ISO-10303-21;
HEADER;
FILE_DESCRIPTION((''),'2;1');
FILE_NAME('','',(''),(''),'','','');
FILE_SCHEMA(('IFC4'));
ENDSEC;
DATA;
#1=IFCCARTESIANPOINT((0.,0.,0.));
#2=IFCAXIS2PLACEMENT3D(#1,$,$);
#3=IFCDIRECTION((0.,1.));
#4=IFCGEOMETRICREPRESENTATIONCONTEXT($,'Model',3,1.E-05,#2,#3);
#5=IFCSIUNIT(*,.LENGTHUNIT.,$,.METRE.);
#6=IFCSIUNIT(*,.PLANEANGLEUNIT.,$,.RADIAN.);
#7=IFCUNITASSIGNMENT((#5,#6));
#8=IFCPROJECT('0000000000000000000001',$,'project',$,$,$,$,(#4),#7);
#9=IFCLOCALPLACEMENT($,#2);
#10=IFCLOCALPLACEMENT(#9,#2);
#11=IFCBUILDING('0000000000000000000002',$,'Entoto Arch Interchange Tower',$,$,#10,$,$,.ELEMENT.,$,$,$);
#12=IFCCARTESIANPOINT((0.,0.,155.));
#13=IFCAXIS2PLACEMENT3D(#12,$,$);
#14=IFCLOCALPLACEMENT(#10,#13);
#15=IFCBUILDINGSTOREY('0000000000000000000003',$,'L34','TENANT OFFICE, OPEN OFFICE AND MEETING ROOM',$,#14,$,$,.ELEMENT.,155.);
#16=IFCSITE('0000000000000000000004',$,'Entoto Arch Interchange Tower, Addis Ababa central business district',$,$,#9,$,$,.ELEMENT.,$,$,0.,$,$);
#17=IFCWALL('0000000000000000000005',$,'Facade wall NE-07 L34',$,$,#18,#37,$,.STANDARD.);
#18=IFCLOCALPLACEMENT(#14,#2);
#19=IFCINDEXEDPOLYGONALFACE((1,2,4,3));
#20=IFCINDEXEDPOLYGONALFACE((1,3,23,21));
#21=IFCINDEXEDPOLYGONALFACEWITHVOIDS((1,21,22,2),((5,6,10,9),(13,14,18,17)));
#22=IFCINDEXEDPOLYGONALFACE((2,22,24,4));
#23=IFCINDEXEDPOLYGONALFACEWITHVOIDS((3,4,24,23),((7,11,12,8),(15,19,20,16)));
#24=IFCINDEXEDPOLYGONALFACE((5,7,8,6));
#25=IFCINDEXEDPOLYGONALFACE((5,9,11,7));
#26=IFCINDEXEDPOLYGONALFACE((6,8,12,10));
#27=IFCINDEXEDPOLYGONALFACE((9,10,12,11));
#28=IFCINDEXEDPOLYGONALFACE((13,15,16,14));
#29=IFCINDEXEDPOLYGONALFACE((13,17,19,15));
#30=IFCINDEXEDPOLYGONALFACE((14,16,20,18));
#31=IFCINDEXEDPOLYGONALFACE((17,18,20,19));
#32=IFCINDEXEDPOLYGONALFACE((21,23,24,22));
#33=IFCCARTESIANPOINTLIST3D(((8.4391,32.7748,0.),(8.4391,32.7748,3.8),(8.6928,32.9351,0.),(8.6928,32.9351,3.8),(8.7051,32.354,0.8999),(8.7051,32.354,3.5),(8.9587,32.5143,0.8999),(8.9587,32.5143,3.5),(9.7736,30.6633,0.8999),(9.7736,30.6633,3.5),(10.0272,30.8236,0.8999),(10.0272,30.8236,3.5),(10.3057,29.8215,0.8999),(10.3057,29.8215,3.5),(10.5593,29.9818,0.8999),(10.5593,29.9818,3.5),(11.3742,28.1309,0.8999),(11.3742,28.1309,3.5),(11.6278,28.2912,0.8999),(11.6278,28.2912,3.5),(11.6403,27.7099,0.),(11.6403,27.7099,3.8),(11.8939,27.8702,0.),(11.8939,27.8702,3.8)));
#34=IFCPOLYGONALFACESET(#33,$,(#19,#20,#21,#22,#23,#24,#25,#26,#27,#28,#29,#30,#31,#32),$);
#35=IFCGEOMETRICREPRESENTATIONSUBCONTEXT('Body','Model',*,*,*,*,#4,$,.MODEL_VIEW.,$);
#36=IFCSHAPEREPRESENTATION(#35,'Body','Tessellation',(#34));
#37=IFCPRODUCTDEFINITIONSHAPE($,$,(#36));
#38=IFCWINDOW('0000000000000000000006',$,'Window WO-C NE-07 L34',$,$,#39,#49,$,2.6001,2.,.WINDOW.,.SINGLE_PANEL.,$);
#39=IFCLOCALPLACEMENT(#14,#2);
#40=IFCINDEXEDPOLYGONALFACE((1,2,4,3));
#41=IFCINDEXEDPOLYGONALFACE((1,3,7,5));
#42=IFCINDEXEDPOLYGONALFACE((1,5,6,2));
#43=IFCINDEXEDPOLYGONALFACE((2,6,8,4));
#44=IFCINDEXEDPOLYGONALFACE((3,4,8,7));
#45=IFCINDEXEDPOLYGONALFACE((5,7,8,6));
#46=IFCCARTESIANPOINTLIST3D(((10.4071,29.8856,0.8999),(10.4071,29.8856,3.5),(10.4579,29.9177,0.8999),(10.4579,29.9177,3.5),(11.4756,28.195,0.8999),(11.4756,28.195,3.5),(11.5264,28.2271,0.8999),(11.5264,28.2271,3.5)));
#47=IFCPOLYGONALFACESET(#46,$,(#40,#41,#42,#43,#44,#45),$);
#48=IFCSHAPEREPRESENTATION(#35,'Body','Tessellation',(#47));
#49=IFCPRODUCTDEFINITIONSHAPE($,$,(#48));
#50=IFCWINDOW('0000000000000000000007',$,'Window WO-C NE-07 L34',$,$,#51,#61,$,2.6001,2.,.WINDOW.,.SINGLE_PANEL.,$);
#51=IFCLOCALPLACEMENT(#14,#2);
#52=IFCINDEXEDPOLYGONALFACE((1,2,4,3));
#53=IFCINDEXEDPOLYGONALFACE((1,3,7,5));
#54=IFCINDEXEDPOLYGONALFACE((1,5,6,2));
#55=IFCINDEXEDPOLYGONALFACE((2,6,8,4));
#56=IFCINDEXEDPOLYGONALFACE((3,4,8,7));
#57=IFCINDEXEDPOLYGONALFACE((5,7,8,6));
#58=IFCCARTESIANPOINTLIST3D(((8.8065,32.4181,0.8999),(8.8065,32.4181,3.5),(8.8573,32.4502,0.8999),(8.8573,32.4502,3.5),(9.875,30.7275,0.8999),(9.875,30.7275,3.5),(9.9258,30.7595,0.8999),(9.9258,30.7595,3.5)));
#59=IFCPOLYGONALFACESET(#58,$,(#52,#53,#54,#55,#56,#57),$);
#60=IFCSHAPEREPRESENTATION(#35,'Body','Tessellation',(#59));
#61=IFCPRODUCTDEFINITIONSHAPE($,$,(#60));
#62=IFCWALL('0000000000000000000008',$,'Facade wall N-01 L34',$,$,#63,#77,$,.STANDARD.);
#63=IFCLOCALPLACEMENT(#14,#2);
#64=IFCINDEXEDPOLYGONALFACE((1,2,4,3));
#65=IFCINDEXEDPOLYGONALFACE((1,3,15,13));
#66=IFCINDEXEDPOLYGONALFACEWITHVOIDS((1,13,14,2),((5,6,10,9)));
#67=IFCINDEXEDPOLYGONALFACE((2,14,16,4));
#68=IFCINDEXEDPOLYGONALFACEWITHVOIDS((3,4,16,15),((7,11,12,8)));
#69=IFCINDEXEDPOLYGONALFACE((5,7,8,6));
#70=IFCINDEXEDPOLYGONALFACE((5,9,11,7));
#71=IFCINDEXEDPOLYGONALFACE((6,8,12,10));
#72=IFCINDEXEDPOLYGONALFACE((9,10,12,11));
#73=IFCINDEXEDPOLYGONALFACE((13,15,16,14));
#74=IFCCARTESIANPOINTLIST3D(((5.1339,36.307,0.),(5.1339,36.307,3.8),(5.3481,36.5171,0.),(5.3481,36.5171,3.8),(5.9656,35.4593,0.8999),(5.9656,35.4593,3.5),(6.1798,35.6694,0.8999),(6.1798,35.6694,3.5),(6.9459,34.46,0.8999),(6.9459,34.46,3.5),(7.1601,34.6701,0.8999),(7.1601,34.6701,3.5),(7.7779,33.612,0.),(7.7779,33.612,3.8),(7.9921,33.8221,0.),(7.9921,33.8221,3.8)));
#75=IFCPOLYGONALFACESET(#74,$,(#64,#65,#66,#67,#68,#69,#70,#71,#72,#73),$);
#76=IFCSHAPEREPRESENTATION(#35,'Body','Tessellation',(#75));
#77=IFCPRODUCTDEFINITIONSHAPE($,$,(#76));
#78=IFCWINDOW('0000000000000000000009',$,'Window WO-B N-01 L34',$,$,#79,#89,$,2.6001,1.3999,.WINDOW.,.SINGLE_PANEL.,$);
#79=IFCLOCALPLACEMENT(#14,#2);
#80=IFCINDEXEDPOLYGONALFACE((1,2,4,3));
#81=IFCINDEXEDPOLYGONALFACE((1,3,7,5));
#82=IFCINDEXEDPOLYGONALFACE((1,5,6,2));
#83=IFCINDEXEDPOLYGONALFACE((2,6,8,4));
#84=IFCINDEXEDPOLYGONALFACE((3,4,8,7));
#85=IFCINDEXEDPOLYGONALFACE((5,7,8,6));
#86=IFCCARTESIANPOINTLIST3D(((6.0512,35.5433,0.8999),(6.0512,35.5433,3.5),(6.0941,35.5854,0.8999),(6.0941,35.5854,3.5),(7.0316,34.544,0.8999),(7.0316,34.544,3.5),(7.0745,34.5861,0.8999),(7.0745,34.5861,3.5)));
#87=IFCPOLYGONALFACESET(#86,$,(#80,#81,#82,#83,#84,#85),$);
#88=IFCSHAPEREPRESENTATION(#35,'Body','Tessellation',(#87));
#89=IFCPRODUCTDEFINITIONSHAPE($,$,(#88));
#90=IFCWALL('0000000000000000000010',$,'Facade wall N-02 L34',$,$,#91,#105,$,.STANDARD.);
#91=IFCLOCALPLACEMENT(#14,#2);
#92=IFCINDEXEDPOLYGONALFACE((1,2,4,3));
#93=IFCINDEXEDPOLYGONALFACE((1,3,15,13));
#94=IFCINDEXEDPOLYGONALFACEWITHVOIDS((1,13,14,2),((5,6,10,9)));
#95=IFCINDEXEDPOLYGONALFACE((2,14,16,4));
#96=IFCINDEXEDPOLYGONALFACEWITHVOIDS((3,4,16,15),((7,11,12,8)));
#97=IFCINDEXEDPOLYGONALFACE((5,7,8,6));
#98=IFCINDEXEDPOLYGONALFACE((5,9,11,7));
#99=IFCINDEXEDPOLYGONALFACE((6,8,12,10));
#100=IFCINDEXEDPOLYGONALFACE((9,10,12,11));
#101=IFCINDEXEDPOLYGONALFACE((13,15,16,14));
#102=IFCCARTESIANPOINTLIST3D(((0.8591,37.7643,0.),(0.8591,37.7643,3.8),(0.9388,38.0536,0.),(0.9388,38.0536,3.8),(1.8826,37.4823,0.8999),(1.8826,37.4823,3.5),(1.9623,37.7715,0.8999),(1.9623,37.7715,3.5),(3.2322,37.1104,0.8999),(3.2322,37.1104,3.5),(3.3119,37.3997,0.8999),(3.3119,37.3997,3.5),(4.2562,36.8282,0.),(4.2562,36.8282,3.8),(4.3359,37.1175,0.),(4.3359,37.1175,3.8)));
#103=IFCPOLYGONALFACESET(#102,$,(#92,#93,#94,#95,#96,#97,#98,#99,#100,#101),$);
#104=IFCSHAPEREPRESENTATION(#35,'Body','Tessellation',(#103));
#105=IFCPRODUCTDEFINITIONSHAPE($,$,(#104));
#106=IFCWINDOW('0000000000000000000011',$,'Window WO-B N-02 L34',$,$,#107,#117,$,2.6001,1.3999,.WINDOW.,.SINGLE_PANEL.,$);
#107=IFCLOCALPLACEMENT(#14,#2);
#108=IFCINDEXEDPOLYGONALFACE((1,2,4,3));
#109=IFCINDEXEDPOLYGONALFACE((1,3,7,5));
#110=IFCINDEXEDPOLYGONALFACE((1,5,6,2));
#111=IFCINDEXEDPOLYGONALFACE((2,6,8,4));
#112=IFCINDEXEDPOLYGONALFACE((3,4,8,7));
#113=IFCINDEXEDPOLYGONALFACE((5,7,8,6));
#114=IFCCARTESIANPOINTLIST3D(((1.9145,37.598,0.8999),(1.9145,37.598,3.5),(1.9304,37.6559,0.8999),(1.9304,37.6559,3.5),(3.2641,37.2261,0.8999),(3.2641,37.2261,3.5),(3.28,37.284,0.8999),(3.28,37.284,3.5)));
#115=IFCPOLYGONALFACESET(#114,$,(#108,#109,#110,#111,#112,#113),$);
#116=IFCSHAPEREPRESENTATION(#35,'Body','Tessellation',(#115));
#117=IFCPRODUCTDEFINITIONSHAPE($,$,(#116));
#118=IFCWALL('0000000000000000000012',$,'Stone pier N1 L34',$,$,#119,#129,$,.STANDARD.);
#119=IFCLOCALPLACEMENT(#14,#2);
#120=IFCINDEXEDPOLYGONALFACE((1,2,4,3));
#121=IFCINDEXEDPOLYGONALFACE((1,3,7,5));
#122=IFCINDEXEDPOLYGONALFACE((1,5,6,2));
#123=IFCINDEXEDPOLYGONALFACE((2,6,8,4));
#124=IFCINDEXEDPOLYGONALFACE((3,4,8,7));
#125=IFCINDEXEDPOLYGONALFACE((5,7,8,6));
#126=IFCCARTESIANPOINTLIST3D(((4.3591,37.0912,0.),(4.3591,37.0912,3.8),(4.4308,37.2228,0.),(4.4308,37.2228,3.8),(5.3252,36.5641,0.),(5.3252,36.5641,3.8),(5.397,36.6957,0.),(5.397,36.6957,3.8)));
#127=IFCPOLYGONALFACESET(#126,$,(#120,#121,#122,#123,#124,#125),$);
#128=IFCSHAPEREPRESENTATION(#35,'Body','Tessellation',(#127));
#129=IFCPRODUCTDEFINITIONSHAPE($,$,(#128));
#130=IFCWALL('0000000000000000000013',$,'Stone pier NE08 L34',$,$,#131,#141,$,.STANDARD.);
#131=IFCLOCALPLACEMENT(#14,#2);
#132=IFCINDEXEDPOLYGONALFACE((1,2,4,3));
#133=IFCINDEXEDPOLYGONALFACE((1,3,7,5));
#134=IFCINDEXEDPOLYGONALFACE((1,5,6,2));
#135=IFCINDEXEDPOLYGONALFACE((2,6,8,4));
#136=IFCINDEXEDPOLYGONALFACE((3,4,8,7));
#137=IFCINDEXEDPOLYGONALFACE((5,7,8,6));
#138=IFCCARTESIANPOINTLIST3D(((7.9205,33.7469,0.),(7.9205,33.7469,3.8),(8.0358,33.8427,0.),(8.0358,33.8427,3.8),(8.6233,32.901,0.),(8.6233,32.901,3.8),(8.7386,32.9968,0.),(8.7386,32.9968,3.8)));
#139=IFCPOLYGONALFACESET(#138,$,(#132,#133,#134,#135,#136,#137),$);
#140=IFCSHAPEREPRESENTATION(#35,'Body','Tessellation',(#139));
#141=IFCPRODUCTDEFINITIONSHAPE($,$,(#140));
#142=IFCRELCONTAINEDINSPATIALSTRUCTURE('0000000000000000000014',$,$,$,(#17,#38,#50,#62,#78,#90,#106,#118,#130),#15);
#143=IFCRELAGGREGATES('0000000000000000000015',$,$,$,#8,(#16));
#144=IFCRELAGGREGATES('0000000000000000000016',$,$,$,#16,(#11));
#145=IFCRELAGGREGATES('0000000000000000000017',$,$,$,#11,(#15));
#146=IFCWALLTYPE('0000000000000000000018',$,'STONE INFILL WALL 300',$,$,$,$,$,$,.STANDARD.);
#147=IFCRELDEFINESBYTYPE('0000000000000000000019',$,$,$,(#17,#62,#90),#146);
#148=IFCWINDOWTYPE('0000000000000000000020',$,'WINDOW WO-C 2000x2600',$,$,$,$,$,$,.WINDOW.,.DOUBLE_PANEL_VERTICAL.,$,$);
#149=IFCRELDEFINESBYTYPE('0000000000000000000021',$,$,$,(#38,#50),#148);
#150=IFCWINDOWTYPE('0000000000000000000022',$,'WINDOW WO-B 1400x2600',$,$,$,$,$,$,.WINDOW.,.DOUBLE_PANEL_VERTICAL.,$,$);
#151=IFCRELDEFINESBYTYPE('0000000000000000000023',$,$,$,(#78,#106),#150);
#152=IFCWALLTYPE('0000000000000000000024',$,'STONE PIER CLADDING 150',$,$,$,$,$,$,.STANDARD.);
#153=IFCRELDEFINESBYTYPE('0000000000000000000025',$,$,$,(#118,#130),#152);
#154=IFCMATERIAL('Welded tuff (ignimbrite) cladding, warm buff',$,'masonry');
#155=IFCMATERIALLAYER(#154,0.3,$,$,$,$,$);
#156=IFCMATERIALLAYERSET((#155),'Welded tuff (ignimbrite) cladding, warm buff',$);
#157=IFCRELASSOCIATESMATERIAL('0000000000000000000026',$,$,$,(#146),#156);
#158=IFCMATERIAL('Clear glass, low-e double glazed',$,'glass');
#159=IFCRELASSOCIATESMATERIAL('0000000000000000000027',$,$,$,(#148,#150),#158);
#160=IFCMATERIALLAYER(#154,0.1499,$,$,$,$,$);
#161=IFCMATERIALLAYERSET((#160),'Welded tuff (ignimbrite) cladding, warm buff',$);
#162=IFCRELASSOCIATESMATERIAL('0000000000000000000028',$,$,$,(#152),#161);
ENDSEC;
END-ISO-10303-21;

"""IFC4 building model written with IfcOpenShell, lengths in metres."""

from ifc_helpers import new_model, si_unit, direction, frame, frame_2d, origin, place, context, subcontext, project, spatial, rectangle, extrude, material, layer, layer_set, type_object, element, fill, save


model = new_model("IFC4")

# Units and contexts
model_context = context("Model", 3, precision=1e-05, world=origin(), true_north=direction((0.0, 1.0)))
body_context = subcontext(model_context, "Body", "Model", "MODEL_VIEW")
ifc_project = project(units=[si_unit("LENGTHUNIT", "METRE"), si_unit("PLANEANGLEUNIT", "RADIAN")], contexts=[model_context])

# Site, building, storey
site_placement = place(None, origin())
site = spatial("IfcSite", under=ifc_project, at=site_placement, Name="Entoto Arch Interchange Tower, Addis Ababa central business district", CompositionType="ELEMENT", RefElevation=0.0)
building_placement = place(site_placement, origin())
building = spatial("IfcBuilding", under=site, at=building_placement, Name="Entoto Arch Interchange Tower", CompositionType="ELEMENT")
storey_placement = place(building_placement, frame((0.0, 0.0, 155.0)))
storey = spatial("IfcBuildingStorey", under=building, at=storey_placement, Name="L34", Description="TENANT OFFICE, OPEN OFFICE AND MEETING ROOM", CompositionType="ELEMENT", Elevation=155.0)

# Wall, openings, windows
ifc_material_1 = material(Name="Welded tuff (ignimbrite) cladding, warm buff", Category="masonry")
ifc_layer_1 = layer(ifc_material_1, 0.3)
ifc_layer_set_1 = layer_set([ifc_layer_1], Name="Welded tuff (ignimbrite) cladding, warm buff")
wall_type_1 = type_object("IfcWallType", Name="STONE INFILL WALL 300", PredefinedType="STANDARD", material=ifc_layer_set_1)
wall_1_placement = place(storey_placement, frame((11.7671, 27.79, 0.0), z_axis=(0.0, 0.0, 1.0), x_axis=(-0.534263, 0.845318, 0.0)))
wall_1 = element("IfcWall", 1, at=wall_1_placement, inside=storey, type_object=wall_type_1, Name="Facade wall NE-07 L34", PredefinedType="STANDARD", context=body_context, shape_type="SweptSolid", body=[
    extrude(rectangle(XDim=5.9917, YDim=0.3, at=frame_2d((2.9958, 0.0))), origin(), (0.0, 0.0, 1.0), 3.8),
])
opening_1_placement = place(wall_1_placement, frame((0.498, 0.0, 0.8999)))
opening_1 = element("IfcOpeningElement", 2, at=opening_1_placement, cuts=wall_1, PredefinedType="OPENING", context=body_context, shape_type="SweptSolid", body=[
    extrude(rectangle(XDim=2.0, YDim=2.6001, at=frame_2d((1.0, 1.3))), frame((0.0, 0.1602, 0.0), z_axis=(0.0, -1.0, 0.0), x_axis=(1.0, 0.0, 0.0)), (0.0, 0.0, 1.0), 0.3201),
])
opening_2_placement = place(wall_1_placement, frame((3.4939, 0.0, 0.8999)))
opening_2 = element("IfcOpeningElement", 3, at=opening_2_placement, cuts=wall_1, PredefinedType="OPENING", context=body_context, shape_type="SweptSolid", body=[
    extrude(rectangle(XDim=2.0, YDim=2.6001, at=frame_2d((1.0, 1.3))), frame((0.0, 0.1602, 0.0), z_axis=(0.0, -1.0, 0.0), x_axis=(1.0, 0.0, 0.0)), (0.0, 0.0, 1.0), 0.3201),
])
ifc_material_2 = material(Name="Clear glass, low-e double glazed", Category="glass")
window_type_1 = type_object("IfcWindowType", Name="WINDOW WO-C 2000x2600", PartitioningType="DOUBLE_PANEL_VERTICAL", PredefinedType="WINDOW", material=ifc_material_2)
window_1_placement = place(opening_1_placement, origin())
window_1 = element("IfcWindow", 4, at=window_1_placement, inside=storey, type_object=window_type_1, Name="Window WO-C NE-07 L34", OverallHeight=2.6001, OverallWidth=2.0, PartitioningType="SINGLE_PANEL", PredefinedType="WINDOW", context=body_context, shape_type="SweptSolid", body=[
    extrude(rectangle(XDim=2.0, YDim=2.6001, at=frame_2d((1.0, 1.3))), frame((0.0, 0.03, 0.0), z_axis=(0.0, -1.0, 0.0), x_axis=(1.0, 0.0, 0.0)), (0.0, 0.0, 1.0), 0.0601),
])
fill(opening_1, window_1)
window_2_placement = place(opening_2_placement, origin())
window_2 = element("IfcWindow", 5, at=window_2_placement, inside=storey, type_object=window_type_1, Name="Window WO-C NE-07 L34", OverallHeight=2.6001, OverallWidth=2.0, PartitioningType="SINGLE_PANEL", PredefinedType="WINDOW", context=body_context, shape_type="SweptSolid", body=[
    extrude(rectangle(XDim=2.0, YDim=2.6001, at=frame_2d((1.0, 1.3))), frame((0.0, 0.03, 0.0), z_axis=(0.0, -1.0, 0.0), x_axis=(1.0, 0.0, 0.0)), (0.0, 0.0, 1.0), 0.0601),
])
fill(opening_2, window_2)

# Walls, openings, windows
wall_2_placement = place(storey_placement, frame((7.885, 33.717, 0.0), z_axis=(0.0, 0.0, 1.0), x_axis=(-0.700317, 0.713832, 0.0)))
wall_2 = element("IfcWall", 6, at=wall_2_placement, inside=storey, type_object=wall_type_1, Name="Facade wall N-01 L34", PredefinedType="STANDARD", context=body_context, shape_type="SweptSolid", body=[
    extrude(rectangle(XDim=3.7754, YDim=0.3, at=frame_2d((1.8877, 0.0))), origin(), (0.0, 0.0, 1.0), 3.8),
])
opening_3_placement = place(wall_2_placement, frame((1.188, 0.0, 0.8999)))
opening_3 = element("IfcOpeningElement", 7, at=opening_3_placement, cuts=wall_2, PredefinedType="OPENING", context=body_context, shape_type="SweptSolid", body=[
    extrude(rectangle(XDim=1.3999, YDim=2.6001, at=frame_2d((0.7, 1.3))), frame((0.0, 0.1602, 0.0), z_axis=(0.0, -1.0, 0.0), x_axis=(1.0, 0.0, 0.0)), (0.0, 0.0, 1.0), 0.3201),
])
window_type_2 = type_object("IfcWindowType", Name="WINDOW WO-B 1400x2600", PartitioningType="DOUBLE_PANEL_VERTICAL", PredefinedType="WINDOW", material=ifc_material_2)
window_3_placement = place(opening_3_placement, origin())
window_3 = element("IfcWindow", 8, at=window_3_placement, inside=storey, type_object=window_type_2, Name="Window WO-B N-01 L34", OverallHeight=2.6001, OverallWidth=1.3999, PartitioningType="SINGLE_PANEL", PredefinedType="WINDOW", context=body_context, shape_type="SweptSolid", body=[
    extrude(rectangle(XDim=1.3999, YDim=2.6001, at=frame_2d((0.7, 1.3))), frame((0.0, 0.03, 0.0), z_axis=(0.0, -1.0, 0.0), x_axis=(1.0, 0.0, 0.0)), (0.0, 0.0, 1.0), 0.0601),
])
fill(opening_3, window_3)
wall_3_placement = place(storey_placement, frame((4.2959, 36.9729, 0.0), z_axis=(0.0, 0.0, 1.0), x_axis=(-0.96407, 0.265649, 0.0)))
wall_3 = element("IfcWall", 9, at=wall_3_placement, inside=storey, type_object=wall_type_1, Name="Facade wall N-02 L34", PredefinedType="STANDARD", context=body_context, shape_type="SweptSolid", body=[
    extrude(rectangle(XDim=3.5237, YDim=0.3, at=frame_2d((1.7617, 0.0))), origin(), (0.0, 0.0, 1.0), 3.8),
])
opening_4_placement = place(wall_3_placement, frame((1.062, 0.0, 0.8999)))
opening_4 = element("IfcOpeningElement", 10, at=opening_4_placement, cuts=wall_3, PredefinedType="OPENING", context=body_context, shape_type="SweptSolid", body=[
    extrude(rectangle(XDim=1.3999, YDim=2.6001, at=frame_2d((0.7, 1.3))), frame((0.0, 0.1602, 0.0), z_axis=(0.0, -1.0, 0.0), x_axis=(1.0, 0.0, 0.0)), (0.0, 0.0, 1.0), 0.3201),
])
window_4_placement = place(opening_4_placement, origin())
window_4 = element("IfcWindow", 11, at=window_4_placement, inside=storey, type_object=window_type_2, Name="Window WO-B N-02 L34", OverallHeight=2.6001, OverallWidth=1.3999, PartitioningType="SINGLE_PANEL", PredefinedType="WINDOW", context=body_context, shape_type="SweptSolid", body=[
    extrude(rectangle(XDim=1.3999, YDim=2.6001, at=frame_2d((0.7, 1.3))), frame((0.0, 0.03, 0.0), z_axis=(0.0, -1.0, 0.0), x_axis=(1.0, 0.0, 0.0)), (0.0, 0.0, 1.0), 0.0601),
])
fill(opening_4, window_4)

# Walls
ifc_layer_2 = layer(ifc_material_1, 0.1499)
ifc_layer_set_2 = layer_set([ifc_layer_2], Name="Welded tuff (ignimbrite) cladding, warm buff")
wall_type_2 = type_object("IfcWallType", Name="STONE PIER CLADDING 150", PredefinedType="STANDARD", material=ifc_layer_set_2)
wall_4_placement = place(storey_placement, frame((5.3611, 36.6299, 0.0), z_axis=(0.0, 0.0, 1.0), x_axis=(-0.877836, 0.478961, 0.0)))
element("IfcWall", 12, at=wall_4_placement, inside=storey, type_object=wall_type_2, Name="Stone pier N1 L34", PredefinedType="STANDARD", context=body_context, shape_type="SweptSolid", body=[
    extrude(rectangle(XDim=1.1006, YDim=0.1499, at=frame_2d((0.5503, 0.0))), origin(), (0.0, 0.0, 1.0), 3.8),
])
wall_5_placement = place(storey_placement, frame((8.6809, 32.949, 0.0), z_axis=(0.0, 0.0, 1.0), x_axis=(-0.63907, 0.769148, 0.0)))
element("IfcWall", 13, at=wall_5_placement, inside=storey, type_object=wall_type_2, Name="Stone pier NE08 L34", PredefinedType="STANDARD", context=body_context, shape_type="SweptSolid", body=[
    extrude(rectangle(XDim=1.0999, YDim=0.1499, at=frame_2d((0.5498, 0.0))), origin(), (0.0, 0.0, 1.0), 3.8),
])

save(model, "model.ifc")
